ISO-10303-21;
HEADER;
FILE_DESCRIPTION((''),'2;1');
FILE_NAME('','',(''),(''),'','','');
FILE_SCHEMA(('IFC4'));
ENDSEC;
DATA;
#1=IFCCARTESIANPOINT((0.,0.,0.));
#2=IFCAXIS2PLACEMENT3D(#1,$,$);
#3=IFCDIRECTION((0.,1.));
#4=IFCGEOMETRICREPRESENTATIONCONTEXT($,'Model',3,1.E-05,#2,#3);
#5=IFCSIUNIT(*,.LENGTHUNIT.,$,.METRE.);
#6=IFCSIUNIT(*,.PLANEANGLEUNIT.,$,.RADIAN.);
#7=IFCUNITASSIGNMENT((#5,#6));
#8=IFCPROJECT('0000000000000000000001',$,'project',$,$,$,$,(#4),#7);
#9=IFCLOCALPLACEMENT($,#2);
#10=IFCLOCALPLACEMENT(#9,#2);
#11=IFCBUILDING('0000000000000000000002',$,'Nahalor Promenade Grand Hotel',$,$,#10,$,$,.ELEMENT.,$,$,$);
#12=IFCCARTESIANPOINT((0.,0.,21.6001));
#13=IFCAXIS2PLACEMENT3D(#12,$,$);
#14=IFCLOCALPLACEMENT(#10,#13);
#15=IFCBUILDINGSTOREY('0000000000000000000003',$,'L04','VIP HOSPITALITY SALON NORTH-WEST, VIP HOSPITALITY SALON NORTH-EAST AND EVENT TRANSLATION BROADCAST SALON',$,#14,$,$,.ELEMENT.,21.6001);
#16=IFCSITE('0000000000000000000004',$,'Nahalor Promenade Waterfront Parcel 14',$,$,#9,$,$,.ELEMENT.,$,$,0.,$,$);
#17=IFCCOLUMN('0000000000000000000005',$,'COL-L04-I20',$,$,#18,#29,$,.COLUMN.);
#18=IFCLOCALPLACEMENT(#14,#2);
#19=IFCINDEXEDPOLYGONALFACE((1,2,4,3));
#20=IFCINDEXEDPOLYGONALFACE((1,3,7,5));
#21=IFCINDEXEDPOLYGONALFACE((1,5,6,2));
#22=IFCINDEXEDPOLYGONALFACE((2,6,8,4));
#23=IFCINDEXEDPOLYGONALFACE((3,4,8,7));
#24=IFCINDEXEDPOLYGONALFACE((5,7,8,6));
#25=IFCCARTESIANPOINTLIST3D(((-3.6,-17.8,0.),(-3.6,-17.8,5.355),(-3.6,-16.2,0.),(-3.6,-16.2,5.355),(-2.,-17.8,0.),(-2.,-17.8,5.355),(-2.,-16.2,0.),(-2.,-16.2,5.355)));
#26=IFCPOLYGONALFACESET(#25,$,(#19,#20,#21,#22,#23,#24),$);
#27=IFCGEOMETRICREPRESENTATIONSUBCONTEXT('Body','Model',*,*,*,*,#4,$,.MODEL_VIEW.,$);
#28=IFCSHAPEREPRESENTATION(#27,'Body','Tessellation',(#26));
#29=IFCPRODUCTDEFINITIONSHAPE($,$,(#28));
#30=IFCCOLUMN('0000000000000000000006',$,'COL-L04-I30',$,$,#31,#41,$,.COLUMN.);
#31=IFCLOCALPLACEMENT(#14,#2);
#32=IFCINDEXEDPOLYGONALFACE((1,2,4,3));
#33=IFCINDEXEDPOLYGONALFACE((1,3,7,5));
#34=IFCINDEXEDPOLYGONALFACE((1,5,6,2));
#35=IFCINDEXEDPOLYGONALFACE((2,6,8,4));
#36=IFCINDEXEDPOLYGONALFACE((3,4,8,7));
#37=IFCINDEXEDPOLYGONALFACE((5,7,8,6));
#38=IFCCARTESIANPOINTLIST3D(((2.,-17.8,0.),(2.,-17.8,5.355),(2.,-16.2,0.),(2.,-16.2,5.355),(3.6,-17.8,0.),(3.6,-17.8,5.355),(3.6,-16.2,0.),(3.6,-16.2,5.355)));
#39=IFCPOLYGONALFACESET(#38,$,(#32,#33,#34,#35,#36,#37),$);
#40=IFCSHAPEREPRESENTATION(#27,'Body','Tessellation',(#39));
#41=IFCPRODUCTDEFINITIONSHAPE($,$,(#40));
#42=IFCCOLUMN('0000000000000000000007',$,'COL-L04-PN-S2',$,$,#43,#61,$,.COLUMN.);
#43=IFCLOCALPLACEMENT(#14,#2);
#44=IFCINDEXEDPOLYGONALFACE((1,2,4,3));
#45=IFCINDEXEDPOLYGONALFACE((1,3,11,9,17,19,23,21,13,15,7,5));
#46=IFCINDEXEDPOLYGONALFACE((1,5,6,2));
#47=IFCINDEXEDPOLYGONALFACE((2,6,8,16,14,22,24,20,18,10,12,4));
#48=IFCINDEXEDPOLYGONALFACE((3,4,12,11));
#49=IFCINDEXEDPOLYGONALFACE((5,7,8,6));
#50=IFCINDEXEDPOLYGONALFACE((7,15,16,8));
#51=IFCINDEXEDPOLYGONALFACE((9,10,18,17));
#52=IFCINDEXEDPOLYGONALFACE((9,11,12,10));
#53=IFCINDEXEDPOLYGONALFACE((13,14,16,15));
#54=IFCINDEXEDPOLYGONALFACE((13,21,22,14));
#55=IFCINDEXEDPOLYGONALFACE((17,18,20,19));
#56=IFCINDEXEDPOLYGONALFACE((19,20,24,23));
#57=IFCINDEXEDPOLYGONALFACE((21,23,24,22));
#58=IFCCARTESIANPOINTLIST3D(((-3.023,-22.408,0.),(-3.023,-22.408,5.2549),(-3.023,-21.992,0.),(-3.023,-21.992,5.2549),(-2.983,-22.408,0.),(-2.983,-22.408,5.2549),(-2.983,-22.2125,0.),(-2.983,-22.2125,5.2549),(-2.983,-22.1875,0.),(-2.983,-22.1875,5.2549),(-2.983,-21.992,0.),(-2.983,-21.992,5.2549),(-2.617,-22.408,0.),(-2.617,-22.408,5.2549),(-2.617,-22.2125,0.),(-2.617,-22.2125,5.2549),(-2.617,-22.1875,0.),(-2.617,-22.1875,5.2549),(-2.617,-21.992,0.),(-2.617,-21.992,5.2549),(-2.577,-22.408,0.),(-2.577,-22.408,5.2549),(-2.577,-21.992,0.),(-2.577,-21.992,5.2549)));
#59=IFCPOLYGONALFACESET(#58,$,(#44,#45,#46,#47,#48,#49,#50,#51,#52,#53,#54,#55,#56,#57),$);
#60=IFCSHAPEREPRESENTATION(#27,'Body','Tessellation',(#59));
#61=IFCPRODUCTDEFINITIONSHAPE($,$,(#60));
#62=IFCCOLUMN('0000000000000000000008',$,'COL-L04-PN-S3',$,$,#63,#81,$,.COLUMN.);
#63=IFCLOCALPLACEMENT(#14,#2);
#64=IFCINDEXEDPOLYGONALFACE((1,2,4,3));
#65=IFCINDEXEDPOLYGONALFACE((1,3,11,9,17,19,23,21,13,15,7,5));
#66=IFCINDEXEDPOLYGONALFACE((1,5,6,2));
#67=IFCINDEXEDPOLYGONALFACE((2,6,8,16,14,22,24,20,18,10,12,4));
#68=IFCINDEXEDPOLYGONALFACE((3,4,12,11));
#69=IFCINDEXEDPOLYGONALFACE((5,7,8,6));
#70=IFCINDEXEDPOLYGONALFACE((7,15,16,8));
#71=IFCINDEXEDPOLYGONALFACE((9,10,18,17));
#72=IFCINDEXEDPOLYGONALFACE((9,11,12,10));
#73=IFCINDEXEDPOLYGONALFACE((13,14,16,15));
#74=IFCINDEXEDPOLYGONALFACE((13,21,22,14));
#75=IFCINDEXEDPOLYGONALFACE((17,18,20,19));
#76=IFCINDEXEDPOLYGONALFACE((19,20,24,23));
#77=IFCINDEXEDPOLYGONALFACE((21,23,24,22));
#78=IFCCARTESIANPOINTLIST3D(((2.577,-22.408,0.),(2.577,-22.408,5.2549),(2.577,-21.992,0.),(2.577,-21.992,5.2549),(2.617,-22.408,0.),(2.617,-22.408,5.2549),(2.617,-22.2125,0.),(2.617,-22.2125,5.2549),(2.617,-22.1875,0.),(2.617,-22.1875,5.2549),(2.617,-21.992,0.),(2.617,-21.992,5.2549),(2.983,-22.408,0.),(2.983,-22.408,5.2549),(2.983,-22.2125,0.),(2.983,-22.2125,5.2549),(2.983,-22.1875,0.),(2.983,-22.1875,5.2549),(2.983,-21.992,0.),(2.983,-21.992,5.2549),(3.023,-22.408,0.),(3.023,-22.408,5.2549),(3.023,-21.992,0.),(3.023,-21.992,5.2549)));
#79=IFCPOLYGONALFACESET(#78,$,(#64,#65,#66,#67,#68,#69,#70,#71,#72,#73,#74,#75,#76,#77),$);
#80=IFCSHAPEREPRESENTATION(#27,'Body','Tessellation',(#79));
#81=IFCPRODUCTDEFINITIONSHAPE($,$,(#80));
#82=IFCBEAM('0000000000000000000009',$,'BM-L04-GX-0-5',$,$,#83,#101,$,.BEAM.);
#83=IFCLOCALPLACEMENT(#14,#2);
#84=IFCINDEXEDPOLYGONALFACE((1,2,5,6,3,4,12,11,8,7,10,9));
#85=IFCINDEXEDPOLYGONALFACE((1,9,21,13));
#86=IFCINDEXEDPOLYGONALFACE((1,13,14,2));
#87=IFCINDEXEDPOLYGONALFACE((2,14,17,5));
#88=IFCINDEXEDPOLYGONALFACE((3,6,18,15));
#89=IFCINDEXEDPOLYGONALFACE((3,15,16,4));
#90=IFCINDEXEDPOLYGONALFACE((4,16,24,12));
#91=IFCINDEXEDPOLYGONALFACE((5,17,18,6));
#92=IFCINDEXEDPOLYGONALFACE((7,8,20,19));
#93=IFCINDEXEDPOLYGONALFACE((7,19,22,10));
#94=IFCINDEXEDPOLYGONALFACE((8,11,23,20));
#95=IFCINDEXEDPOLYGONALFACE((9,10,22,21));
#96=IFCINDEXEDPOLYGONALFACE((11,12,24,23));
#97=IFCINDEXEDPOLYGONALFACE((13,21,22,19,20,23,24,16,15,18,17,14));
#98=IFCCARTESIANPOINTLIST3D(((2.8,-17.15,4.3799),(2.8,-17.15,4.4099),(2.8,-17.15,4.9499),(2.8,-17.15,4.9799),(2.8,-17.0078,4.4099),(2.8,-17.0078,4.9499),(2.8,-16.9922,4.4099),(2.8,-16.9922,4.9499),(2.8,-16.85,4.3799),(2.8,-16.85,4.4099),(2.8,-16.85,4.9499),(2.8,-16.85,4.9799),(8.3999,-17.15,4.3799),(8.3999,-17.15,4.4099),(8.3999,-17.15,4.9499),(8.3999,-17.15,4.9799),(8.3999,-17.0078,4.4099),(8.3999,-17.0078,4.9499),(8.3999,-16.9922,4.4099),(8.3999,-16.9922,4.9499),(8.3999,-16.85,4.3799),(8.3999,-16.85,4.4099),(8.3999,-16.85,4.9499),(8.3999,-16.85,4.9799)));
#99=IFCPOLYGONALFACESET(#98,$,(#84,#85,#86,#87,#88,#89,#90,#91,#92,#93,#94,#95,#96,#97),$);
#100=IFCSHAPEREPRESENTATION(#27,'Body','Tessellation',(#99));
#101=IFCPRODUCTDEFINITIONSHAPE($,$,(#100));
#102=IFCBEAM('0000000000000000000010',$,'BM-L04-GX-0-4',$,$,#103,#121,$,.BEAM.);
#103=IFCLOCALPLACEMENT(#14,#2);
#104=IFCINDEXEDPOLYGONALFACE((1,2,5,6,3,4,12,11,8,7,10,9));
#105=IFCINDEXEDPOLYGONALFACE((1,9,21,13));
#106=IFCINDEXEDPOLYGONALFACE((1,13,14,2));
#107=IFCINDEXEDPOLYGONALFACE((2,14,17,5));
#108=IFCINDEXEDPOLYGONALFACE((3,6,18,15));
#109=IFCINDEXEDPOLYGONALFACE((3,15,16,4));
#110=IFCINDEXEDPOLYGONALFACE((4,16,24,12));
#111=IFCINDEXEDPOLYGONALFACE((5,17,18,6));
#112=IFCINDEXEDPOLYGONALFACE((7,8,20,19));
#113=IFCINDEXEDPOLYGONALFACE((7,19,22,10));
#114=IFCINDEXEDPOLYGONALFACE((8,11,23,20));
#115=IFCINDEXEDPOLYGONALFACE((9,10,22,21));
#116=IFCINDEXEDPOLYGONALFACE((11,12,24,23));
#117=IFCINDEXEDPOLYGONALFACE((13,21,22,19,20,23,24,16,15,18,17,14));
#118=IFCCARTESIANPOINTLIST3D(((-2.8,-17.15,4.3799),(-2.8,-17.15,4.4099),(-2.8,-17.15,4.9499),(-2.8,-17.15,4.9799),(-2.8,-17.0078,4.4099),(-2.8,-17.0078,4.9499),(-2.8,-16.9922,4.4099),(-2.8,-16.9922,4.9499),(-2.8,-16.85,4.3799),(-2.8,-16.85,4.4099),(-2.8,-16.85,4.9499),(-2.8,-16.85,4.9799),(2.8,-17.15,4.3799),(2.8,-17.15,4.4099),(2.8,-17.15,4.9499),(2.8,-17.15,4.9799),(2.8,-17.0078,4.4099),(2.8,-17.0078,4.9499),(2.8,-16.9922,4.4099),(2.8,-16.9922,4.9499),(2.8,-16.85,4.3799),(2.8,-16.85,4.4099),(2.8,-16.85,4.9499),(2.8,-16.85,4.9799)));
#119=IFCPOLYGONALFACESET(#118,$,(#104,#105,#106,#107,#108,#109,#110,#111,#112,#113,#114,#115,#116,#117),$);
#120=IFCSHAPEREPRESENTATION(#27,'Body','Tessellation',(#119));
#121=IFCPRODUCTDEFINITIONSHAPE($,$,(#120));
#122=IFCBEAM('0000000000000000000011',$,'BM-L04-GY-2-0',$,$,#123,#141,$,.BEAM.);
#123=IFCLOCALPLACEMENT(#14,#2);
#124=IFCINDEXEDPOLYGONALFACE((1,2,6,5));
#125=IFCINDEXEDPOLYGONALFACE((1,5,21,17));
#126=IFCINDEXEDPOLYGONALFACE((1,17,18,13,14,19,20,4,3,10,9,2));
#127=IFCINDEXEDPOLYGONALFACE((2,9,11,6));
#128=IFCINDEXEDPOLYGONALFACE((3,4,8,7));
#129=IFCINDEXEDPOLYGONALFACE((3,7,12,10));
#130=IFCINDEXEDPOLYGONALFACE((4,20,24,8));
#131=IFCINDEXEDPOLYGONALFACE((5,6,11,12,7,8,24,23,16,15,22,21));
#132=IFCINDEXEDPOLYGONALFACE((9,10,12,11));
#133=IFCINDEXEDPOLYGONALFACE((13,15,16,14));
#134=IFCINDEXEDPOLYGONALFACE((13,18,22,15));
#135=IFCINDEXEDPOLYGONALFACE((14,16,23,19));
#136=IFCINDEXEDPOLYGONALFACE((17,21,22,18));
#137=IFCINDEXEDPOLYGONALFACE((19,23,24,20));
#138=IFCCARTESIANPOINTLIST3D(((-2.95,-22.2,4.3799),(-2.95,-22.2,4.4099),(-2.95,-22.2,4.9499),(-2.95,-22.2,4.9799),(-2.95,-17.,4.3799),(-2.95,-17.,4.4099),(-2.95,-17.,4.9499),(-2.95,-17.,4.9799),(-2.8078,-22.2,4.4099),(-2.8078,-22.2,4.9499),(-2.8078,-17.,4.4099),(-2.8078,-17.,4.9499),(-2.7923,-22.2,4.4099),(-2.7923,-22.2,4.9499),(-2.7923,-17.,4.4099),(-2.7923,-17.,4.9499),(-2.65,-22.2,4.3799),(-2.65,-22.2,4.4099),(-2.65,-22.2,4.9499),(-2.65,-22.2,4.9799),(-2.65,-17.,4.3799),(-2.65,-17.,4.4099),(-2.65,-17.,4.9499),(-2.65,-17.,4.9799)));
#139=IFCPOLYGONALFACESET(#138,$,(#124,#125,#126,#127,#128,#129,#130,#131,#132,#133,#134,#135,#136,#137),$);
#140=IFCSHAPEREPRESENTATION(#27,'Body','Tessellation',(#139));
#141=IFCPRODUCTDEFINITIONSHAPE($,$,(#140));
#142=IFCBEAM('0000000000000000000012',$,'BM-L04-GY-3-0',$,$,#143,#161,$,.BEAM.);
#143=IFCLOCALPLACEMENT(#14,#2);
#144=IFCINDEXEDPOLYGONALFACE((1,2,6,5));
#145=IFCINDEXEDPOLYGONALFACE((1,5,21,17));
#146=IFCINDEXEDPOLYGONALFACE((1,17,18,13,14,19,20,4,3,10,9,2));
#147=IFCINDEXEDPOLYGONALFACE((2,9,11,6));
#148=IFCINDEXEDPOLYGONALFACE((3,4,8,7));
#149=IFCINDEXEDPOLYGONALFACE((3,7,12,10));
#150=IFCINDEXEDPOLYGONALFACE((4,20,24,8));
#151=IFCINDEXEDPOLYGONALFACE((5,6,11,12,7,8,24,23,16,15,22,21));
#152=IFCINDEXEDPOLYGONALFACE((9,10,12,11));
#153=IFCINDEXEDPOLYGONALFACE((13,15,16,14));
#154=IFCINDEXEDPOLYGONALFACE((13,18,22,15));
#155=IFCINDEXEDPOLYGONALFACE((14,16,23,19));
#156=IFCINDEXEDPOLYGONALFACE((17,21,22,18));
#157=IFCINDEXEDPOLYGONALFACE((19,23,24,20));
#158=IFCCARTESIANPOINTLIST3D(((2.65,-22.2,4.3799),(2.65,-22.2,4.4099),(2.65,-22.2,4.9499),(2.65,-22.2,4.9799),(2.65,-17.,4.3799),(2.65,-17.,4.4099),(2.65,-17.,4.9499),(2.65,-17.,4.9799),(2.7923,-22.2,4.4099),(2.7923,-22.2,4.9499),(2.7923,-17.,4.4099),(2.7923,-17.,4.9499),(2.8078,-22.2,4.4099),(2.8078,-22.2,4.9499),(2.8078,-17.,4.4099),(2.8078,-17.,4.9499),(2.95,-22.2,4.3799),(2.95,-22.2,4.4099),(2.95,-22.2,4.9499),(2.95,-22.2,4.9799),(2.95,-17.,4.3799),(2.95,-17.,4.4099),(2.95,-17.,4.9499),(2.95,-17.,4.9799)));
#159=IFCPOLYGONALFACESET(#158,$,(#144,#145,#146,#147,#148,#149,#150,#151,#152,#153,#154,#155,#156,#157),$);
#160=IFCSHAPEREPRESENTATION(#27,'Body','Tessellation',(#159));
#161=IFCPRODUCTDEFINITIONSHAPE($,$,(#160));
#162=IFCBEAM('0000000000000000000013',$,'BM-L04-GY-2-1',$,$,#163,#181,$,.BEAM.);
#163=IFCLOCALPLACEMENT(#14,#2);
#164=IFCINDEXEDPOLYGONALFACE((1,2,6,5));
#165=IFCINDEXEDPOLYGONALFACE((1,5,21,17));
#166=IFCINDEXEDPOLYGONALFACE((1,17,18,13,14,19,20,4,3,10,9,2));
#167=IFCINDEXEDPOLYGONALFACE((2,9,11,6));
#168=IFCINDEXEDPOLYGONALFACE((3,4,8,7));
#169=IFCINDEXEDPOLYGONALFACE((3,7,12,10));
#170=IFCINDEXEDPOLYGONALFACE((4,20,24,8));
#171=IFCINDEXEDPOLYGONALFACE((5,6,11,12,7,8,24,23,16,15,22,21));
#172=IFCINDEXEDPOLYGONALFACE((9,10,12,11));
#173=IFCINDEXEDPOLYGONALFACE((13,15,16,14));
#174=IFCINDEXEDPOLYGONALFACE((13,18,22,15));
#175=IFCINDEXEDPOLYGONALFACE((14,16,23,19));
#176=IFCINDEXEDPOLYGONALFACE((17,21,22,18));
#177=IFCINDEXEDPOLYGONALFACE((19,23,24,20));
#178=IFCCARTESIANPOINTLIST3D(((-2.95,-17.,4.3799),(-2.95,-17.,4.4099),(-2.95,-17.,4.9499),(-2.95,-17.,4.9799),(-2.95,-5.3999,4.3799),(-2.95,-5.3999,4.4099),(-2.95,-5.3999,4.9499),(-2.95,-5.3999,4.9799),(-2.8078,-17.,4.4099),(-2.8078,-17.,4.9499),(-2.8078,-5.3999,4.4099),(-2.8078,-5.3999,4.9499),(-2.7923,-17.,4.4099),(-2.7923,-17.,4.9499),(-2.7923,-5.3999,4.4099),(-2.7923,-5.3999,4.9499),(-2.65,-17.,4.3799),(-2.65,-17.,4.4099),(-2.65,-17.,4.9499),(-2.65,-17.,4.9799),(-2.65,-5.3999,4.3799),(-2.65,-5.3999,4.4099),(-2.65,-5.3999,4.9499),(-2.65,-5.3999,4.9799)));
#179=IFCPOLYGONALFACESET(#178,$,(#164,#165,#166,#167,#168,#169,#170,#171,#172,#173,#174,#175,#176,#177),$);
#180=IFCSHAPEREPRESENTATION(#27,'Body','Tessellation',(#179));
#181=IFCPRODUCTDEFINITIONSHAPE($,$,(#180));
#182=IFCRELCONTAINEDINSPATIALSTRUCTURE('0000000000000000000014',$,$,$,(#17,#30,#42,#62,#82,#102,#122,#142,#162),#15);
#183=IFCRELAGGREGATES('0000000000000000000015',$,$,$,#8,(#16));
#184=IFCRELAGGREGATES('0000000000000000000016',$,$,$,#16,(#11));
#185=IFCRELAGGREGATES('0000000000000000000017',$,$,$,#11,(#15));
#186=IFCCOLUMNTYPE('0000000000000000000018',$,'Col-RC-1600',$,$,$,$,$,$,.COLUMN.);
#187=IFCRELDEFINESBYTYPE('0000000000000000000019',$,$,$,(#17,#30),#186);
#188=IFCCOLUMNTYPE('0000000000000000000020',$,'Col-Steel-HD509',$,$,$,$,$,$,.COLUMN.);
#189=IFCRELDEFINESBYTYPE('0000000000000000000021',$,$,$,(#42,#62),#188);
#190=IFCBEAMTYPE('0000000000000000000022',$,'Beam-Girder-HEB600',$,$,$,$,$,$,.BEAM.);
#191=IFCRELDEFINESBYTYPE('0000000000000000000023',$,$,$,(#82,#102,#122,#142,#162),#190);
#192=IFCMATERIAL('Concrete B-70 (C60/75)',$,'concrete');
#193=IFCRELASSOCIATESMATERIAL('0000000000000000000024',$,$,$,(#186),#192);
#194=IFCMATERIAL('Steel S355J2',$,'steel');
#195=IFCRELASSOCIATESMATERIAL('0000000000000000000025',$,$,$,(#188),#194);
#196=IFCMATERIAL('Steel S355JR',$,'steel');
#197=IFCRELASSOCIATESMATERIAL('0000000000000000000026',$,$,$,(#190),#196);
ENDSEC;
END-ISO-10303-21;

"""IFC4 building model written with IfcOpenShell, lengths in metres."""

from ifc_helpers import new_model, si_unit, direction, frame, origin, origin_2d, place, context, subcontext, project, spatial, rectangle, i_section, extrude, source, transform, mapped, material, material_profile, profile_set, type_object, element, save


model = new_model("IFC4")

# Units and contexts
model_context = context("Model", 3, precision=1e-05, world=origin(), true_north=direction((0.0, 1.0)))
body_context = subcontext(model_context, "Body", "Model", "MODEL_VIEW")
ifc_project = project(units=[si_unit("LENGTHUNIT", "METRE"), si_unit("PLANEANGLEUNIT", "RADIAN")], contexts=[model_context])

# Site, building, storey
site_placement = place(None, origin())
site = spatial("IfcSite", under=ifc_project, at=site_placement, Name="Nahalor Promenade Waterfront Parcel 14", CompositionType="ELEMENT", RefElevation=0.0)
building_placement = place(site_placement, origin())
building = spatial("IfcBuilding", under=site, at=building_placement, Name="Nahalor Promenade Grand Hotel", CompositionType="ELEMENT")
storey_placement = place(building_placement, frame((0.0, 0.0, 21.6001)))
storey = spatial("IfcBuildingStorey", under=building, at=storey_placement, Name="L04", Description="VIP HOSPITALITY SALON NORTH-WEST, VIP HOSPITALITY SALON NORTH-EAST AND EVENT TRANSLATION BROADCAST SALON", CompositionType="ELEMENT", Elevation=21.6001)

# Columns
ifc_material_1 = material(Name="Concrete B-70 (C60/75)", Category="concrete")
ifc_material_profile_1 = material_profile(ifc_material_1, rectangle(XDim=1.6, YDim=1.6, at=origin_2d()), Name="RC 1600x1600")
ifc_profile_set_1 = profile_set([ifc_material_profile_1], Name="Concrete B-70 (C60/75)")
column_type_1 = type_object("IfcColumnType", Name="Col-RC-1600", PredefinedType="COLUMN", material=ifc_profile_set_1)
shared_shape_1 = source(origin(), body_context, "Body", "SweptSolid", [
    extrude(rectangle(XDim=1.6, YDim=1.6, at=origin_2d()), origin(), (0.0, 0.0, 1.0), 5.355),
])
for number, where, z_axis, x_axis, name in (
    (1, (-2.8, -17.0, 0.0), (0.0, 0.0, 1.0), (1.0, 0.0, 0.0), "COL-L04-I20"),
    (2, (2.8, -17.0, 0.0), (0.0, 0.0, 1.0), (1.0, 0.0, 0.0), "COL-L04-I30"),
):
    element("IfcColumn", number, at=place(storey_placement, frame(where, z_axis=z_axis, x_axis=x_axis)), inside=storey, type_object=column_type_1, Name=name, PredefinedType="COLUMN", context=body_context, shape_type="MappedRepresentation", body=[
        mapped(shared_shape_1, transform((0.0, 0.0, 0.0), scale=1.0)),
    ])
ifc_material_2 = material(Name="Steel S355J2", Category="steel")
ifc_material_profile_2 = material_profile(ifc_material_2, i_section(OverallWidth=0.416, OverallDepth=0.446, WebThickness=0.025, FlangeThickness=0.04, at=origin_2d()), Name="HD 400x509")
ifc_profile_set_2 = profile_set([ifc_material_profile_2], Name="Steel S355J2")
column_type_2 = type_object("IfcColumnType", Name="Col-Steel-HD509", PredefinedType="COLUMN", material=ifc_profile_set_2)
shared_shape_2 = source(origin(), body_context, "Body", "SweptSolid", [
    extrude(i_section(OverallWidth=0.416, OverallDepth=0.446, WebThickness=0.025, FlangeThickness=0.04, at=origin_2d()), origin(), (0.0, 0.0, 1.0), 5.2549),
])
for number, where, z_axis, x_axis, name in (
    (3, (-2.8, -22.2, 0.0), (0.0, 0.0, 1.0), (0.0, 1.0, 0.0), "COL-L04-PN-S2"),
    (4, (2.8, -22.2, 0.0), (0.0, 0.0, 1.0), (0.0, 1.0, 0.0), "COL-L04-PN-S3"),
):
    element("IfcColumn", number, at=place(storey_placement, frame(where, z_axis=z_axis, x_axis=x_axis)), inside=storey, type_object=column_type_2, Name=name, PredefinedType="COLUMN", context=body_context, shape_type="MappedRepresentation", body=[
        mapped(shared_shape_2, transform((0.0, 0.0, 0.0), scale=1.0)),
    ])

# Beams
ifc_material_3 = material(Name="Steel S355JR", Category="steel")
ifc_material_profile_3 = material_profile(ifc_material_3, i_section(OverallWidth=0.3, OverallDepth=0.6, WebThickness=0.0155, FlangeThickness=0.03, at=origin_2d()), Name="HEB 600")
ifc_profile_set_3 = profile_set([ifc_material_profile_3], Name="Steel S355JR")
beam_type_1 = type_object("IfcBeamType", Name="Beam-Girder-HEB600", PredefinedType="BEAM", material=ifc_profile_set_3)
shared_shape_3 = source(origin(), body_context, "Body", "SweptSolid", [
    extrude(i_section(OverallWidth=0.3, OverallDepth=0.6, WebThickness=0.0155, FlangeThickness=0.03, at=origin_2d()), origin(), (0.0, 0.0, 1.0), 5.5999),
])
beam_1_placement = place(storey_placement, frame((2.8, -17.0, 4.6799), z_axis=(1.0, 0.0, 0.0), x_axis=(0.0, 1.0, 0.0)))
element("IfcBeam", 5, at=beam_1_placement, inside=storey, type_object=beam_type_1, Name="BM-L04-GX-0-5", PredefinedType="BEAM", context=body_context, shape_type="MappedRepresentation", body=[
    mapped(shared_shape_3, transform((0.0, 0.0, 0.0), scale=1.0)),
])
shared_shape_4 = source(origin(), body_context, "Body", "SweptSolid", [
    extrude(i_section(OverallWidth=0.3, OverallDepth=0.6, WebThickness=0.0155, FlangeThickness=0.03, at=origin_2d()), origin(), (0.0, 0.0, 1.0), 5.6001),
])
beam_2_placement = place(storey_placement, frame((-2.8, -17.0, 4.6799), z_axis=(1.0, 0.0, 0.0), x_axis=(0.0, 1.0, 0.0)))
element("IfcBeam", 6, at=beam_2_placement, inside=storey, type_object=beam_type_1, Name="BM-L04-GX-0-4", PredefinedType="BEAM", context=body_context, shape_type="MappedRepresentation", body=[
    mapped(shared_shape_4, transform((0.0, 0.0, 0.0), scale=1.0)),
])
shared_shape_5 = source(origin(), body_context, "Body", "SweptSolid", [
    extrude(i_section(OverallWidth=0.3, OverallDepth=0.6, WebThickness=0.0155, FlangeThickness=0.03, at=origin_2d()), origin(), (0.0, 0.0, 1.0), 5.2),
])
for number, where, z_axis, x_axis, name in (
    (7, (-2.8, -22.2, 4.6799), (0.0, 1.0, 0.0), (-1.0, 0.0, 0.0), "BM-L04-GY-2-0"),
    (8, (2.8, -22.2, 4.6799), (0.0, 1.0, 0.0), (-1.0, 0.0, 0.0), "BM-L04-GY-3-0"),
):
    element("IfcBeam", number, at=place(storey_placement, frame(where, z_axis=z_axis, x_axis=x_axis)), inside=storey, type_object=beam_type_1, Name=name, PredefinedType="BEAM", context=body_context, shape_type="MappedRepresentation", body=[
        mapped(shared_shape_5, transform((0.0, 0.0, 0.0), scale=1.0)),
    ])
shared_shape_6 = source(origin(), body_context, "Body", "SweptSolid", [
    extrude(i_section(OverallWidth=0.3, OverallDepth=0.6, WebThickness=0.0155, FlangeThickness=0.03, at=origin_2d()), origin(), (0.0, 0.0, 1.0), 11.6001),
])
for number, where, z_axis, x_axis, name in (
    (9, (-2.8, -17.0, 4.6799), (0.0, 1.0, 0.0), (-1.0, 0.0, 0.0), "BM-L04-GY-2-1"),
):
    element("IfcBeam", number, at=place(storey_placement, frame(where, z_axis=z_axis, x_axis=x_axis)), inside=storey, type_object=beam_type_1, Name=name, PredefinedType="BEAM", context=body_context, shape_type="MappedRepresentation", body=[
        mapped(shared_shape_6, transform((0.0, 0.0, 0.0), scale=1.0)),
    ])

save(model, "model.ifc")
